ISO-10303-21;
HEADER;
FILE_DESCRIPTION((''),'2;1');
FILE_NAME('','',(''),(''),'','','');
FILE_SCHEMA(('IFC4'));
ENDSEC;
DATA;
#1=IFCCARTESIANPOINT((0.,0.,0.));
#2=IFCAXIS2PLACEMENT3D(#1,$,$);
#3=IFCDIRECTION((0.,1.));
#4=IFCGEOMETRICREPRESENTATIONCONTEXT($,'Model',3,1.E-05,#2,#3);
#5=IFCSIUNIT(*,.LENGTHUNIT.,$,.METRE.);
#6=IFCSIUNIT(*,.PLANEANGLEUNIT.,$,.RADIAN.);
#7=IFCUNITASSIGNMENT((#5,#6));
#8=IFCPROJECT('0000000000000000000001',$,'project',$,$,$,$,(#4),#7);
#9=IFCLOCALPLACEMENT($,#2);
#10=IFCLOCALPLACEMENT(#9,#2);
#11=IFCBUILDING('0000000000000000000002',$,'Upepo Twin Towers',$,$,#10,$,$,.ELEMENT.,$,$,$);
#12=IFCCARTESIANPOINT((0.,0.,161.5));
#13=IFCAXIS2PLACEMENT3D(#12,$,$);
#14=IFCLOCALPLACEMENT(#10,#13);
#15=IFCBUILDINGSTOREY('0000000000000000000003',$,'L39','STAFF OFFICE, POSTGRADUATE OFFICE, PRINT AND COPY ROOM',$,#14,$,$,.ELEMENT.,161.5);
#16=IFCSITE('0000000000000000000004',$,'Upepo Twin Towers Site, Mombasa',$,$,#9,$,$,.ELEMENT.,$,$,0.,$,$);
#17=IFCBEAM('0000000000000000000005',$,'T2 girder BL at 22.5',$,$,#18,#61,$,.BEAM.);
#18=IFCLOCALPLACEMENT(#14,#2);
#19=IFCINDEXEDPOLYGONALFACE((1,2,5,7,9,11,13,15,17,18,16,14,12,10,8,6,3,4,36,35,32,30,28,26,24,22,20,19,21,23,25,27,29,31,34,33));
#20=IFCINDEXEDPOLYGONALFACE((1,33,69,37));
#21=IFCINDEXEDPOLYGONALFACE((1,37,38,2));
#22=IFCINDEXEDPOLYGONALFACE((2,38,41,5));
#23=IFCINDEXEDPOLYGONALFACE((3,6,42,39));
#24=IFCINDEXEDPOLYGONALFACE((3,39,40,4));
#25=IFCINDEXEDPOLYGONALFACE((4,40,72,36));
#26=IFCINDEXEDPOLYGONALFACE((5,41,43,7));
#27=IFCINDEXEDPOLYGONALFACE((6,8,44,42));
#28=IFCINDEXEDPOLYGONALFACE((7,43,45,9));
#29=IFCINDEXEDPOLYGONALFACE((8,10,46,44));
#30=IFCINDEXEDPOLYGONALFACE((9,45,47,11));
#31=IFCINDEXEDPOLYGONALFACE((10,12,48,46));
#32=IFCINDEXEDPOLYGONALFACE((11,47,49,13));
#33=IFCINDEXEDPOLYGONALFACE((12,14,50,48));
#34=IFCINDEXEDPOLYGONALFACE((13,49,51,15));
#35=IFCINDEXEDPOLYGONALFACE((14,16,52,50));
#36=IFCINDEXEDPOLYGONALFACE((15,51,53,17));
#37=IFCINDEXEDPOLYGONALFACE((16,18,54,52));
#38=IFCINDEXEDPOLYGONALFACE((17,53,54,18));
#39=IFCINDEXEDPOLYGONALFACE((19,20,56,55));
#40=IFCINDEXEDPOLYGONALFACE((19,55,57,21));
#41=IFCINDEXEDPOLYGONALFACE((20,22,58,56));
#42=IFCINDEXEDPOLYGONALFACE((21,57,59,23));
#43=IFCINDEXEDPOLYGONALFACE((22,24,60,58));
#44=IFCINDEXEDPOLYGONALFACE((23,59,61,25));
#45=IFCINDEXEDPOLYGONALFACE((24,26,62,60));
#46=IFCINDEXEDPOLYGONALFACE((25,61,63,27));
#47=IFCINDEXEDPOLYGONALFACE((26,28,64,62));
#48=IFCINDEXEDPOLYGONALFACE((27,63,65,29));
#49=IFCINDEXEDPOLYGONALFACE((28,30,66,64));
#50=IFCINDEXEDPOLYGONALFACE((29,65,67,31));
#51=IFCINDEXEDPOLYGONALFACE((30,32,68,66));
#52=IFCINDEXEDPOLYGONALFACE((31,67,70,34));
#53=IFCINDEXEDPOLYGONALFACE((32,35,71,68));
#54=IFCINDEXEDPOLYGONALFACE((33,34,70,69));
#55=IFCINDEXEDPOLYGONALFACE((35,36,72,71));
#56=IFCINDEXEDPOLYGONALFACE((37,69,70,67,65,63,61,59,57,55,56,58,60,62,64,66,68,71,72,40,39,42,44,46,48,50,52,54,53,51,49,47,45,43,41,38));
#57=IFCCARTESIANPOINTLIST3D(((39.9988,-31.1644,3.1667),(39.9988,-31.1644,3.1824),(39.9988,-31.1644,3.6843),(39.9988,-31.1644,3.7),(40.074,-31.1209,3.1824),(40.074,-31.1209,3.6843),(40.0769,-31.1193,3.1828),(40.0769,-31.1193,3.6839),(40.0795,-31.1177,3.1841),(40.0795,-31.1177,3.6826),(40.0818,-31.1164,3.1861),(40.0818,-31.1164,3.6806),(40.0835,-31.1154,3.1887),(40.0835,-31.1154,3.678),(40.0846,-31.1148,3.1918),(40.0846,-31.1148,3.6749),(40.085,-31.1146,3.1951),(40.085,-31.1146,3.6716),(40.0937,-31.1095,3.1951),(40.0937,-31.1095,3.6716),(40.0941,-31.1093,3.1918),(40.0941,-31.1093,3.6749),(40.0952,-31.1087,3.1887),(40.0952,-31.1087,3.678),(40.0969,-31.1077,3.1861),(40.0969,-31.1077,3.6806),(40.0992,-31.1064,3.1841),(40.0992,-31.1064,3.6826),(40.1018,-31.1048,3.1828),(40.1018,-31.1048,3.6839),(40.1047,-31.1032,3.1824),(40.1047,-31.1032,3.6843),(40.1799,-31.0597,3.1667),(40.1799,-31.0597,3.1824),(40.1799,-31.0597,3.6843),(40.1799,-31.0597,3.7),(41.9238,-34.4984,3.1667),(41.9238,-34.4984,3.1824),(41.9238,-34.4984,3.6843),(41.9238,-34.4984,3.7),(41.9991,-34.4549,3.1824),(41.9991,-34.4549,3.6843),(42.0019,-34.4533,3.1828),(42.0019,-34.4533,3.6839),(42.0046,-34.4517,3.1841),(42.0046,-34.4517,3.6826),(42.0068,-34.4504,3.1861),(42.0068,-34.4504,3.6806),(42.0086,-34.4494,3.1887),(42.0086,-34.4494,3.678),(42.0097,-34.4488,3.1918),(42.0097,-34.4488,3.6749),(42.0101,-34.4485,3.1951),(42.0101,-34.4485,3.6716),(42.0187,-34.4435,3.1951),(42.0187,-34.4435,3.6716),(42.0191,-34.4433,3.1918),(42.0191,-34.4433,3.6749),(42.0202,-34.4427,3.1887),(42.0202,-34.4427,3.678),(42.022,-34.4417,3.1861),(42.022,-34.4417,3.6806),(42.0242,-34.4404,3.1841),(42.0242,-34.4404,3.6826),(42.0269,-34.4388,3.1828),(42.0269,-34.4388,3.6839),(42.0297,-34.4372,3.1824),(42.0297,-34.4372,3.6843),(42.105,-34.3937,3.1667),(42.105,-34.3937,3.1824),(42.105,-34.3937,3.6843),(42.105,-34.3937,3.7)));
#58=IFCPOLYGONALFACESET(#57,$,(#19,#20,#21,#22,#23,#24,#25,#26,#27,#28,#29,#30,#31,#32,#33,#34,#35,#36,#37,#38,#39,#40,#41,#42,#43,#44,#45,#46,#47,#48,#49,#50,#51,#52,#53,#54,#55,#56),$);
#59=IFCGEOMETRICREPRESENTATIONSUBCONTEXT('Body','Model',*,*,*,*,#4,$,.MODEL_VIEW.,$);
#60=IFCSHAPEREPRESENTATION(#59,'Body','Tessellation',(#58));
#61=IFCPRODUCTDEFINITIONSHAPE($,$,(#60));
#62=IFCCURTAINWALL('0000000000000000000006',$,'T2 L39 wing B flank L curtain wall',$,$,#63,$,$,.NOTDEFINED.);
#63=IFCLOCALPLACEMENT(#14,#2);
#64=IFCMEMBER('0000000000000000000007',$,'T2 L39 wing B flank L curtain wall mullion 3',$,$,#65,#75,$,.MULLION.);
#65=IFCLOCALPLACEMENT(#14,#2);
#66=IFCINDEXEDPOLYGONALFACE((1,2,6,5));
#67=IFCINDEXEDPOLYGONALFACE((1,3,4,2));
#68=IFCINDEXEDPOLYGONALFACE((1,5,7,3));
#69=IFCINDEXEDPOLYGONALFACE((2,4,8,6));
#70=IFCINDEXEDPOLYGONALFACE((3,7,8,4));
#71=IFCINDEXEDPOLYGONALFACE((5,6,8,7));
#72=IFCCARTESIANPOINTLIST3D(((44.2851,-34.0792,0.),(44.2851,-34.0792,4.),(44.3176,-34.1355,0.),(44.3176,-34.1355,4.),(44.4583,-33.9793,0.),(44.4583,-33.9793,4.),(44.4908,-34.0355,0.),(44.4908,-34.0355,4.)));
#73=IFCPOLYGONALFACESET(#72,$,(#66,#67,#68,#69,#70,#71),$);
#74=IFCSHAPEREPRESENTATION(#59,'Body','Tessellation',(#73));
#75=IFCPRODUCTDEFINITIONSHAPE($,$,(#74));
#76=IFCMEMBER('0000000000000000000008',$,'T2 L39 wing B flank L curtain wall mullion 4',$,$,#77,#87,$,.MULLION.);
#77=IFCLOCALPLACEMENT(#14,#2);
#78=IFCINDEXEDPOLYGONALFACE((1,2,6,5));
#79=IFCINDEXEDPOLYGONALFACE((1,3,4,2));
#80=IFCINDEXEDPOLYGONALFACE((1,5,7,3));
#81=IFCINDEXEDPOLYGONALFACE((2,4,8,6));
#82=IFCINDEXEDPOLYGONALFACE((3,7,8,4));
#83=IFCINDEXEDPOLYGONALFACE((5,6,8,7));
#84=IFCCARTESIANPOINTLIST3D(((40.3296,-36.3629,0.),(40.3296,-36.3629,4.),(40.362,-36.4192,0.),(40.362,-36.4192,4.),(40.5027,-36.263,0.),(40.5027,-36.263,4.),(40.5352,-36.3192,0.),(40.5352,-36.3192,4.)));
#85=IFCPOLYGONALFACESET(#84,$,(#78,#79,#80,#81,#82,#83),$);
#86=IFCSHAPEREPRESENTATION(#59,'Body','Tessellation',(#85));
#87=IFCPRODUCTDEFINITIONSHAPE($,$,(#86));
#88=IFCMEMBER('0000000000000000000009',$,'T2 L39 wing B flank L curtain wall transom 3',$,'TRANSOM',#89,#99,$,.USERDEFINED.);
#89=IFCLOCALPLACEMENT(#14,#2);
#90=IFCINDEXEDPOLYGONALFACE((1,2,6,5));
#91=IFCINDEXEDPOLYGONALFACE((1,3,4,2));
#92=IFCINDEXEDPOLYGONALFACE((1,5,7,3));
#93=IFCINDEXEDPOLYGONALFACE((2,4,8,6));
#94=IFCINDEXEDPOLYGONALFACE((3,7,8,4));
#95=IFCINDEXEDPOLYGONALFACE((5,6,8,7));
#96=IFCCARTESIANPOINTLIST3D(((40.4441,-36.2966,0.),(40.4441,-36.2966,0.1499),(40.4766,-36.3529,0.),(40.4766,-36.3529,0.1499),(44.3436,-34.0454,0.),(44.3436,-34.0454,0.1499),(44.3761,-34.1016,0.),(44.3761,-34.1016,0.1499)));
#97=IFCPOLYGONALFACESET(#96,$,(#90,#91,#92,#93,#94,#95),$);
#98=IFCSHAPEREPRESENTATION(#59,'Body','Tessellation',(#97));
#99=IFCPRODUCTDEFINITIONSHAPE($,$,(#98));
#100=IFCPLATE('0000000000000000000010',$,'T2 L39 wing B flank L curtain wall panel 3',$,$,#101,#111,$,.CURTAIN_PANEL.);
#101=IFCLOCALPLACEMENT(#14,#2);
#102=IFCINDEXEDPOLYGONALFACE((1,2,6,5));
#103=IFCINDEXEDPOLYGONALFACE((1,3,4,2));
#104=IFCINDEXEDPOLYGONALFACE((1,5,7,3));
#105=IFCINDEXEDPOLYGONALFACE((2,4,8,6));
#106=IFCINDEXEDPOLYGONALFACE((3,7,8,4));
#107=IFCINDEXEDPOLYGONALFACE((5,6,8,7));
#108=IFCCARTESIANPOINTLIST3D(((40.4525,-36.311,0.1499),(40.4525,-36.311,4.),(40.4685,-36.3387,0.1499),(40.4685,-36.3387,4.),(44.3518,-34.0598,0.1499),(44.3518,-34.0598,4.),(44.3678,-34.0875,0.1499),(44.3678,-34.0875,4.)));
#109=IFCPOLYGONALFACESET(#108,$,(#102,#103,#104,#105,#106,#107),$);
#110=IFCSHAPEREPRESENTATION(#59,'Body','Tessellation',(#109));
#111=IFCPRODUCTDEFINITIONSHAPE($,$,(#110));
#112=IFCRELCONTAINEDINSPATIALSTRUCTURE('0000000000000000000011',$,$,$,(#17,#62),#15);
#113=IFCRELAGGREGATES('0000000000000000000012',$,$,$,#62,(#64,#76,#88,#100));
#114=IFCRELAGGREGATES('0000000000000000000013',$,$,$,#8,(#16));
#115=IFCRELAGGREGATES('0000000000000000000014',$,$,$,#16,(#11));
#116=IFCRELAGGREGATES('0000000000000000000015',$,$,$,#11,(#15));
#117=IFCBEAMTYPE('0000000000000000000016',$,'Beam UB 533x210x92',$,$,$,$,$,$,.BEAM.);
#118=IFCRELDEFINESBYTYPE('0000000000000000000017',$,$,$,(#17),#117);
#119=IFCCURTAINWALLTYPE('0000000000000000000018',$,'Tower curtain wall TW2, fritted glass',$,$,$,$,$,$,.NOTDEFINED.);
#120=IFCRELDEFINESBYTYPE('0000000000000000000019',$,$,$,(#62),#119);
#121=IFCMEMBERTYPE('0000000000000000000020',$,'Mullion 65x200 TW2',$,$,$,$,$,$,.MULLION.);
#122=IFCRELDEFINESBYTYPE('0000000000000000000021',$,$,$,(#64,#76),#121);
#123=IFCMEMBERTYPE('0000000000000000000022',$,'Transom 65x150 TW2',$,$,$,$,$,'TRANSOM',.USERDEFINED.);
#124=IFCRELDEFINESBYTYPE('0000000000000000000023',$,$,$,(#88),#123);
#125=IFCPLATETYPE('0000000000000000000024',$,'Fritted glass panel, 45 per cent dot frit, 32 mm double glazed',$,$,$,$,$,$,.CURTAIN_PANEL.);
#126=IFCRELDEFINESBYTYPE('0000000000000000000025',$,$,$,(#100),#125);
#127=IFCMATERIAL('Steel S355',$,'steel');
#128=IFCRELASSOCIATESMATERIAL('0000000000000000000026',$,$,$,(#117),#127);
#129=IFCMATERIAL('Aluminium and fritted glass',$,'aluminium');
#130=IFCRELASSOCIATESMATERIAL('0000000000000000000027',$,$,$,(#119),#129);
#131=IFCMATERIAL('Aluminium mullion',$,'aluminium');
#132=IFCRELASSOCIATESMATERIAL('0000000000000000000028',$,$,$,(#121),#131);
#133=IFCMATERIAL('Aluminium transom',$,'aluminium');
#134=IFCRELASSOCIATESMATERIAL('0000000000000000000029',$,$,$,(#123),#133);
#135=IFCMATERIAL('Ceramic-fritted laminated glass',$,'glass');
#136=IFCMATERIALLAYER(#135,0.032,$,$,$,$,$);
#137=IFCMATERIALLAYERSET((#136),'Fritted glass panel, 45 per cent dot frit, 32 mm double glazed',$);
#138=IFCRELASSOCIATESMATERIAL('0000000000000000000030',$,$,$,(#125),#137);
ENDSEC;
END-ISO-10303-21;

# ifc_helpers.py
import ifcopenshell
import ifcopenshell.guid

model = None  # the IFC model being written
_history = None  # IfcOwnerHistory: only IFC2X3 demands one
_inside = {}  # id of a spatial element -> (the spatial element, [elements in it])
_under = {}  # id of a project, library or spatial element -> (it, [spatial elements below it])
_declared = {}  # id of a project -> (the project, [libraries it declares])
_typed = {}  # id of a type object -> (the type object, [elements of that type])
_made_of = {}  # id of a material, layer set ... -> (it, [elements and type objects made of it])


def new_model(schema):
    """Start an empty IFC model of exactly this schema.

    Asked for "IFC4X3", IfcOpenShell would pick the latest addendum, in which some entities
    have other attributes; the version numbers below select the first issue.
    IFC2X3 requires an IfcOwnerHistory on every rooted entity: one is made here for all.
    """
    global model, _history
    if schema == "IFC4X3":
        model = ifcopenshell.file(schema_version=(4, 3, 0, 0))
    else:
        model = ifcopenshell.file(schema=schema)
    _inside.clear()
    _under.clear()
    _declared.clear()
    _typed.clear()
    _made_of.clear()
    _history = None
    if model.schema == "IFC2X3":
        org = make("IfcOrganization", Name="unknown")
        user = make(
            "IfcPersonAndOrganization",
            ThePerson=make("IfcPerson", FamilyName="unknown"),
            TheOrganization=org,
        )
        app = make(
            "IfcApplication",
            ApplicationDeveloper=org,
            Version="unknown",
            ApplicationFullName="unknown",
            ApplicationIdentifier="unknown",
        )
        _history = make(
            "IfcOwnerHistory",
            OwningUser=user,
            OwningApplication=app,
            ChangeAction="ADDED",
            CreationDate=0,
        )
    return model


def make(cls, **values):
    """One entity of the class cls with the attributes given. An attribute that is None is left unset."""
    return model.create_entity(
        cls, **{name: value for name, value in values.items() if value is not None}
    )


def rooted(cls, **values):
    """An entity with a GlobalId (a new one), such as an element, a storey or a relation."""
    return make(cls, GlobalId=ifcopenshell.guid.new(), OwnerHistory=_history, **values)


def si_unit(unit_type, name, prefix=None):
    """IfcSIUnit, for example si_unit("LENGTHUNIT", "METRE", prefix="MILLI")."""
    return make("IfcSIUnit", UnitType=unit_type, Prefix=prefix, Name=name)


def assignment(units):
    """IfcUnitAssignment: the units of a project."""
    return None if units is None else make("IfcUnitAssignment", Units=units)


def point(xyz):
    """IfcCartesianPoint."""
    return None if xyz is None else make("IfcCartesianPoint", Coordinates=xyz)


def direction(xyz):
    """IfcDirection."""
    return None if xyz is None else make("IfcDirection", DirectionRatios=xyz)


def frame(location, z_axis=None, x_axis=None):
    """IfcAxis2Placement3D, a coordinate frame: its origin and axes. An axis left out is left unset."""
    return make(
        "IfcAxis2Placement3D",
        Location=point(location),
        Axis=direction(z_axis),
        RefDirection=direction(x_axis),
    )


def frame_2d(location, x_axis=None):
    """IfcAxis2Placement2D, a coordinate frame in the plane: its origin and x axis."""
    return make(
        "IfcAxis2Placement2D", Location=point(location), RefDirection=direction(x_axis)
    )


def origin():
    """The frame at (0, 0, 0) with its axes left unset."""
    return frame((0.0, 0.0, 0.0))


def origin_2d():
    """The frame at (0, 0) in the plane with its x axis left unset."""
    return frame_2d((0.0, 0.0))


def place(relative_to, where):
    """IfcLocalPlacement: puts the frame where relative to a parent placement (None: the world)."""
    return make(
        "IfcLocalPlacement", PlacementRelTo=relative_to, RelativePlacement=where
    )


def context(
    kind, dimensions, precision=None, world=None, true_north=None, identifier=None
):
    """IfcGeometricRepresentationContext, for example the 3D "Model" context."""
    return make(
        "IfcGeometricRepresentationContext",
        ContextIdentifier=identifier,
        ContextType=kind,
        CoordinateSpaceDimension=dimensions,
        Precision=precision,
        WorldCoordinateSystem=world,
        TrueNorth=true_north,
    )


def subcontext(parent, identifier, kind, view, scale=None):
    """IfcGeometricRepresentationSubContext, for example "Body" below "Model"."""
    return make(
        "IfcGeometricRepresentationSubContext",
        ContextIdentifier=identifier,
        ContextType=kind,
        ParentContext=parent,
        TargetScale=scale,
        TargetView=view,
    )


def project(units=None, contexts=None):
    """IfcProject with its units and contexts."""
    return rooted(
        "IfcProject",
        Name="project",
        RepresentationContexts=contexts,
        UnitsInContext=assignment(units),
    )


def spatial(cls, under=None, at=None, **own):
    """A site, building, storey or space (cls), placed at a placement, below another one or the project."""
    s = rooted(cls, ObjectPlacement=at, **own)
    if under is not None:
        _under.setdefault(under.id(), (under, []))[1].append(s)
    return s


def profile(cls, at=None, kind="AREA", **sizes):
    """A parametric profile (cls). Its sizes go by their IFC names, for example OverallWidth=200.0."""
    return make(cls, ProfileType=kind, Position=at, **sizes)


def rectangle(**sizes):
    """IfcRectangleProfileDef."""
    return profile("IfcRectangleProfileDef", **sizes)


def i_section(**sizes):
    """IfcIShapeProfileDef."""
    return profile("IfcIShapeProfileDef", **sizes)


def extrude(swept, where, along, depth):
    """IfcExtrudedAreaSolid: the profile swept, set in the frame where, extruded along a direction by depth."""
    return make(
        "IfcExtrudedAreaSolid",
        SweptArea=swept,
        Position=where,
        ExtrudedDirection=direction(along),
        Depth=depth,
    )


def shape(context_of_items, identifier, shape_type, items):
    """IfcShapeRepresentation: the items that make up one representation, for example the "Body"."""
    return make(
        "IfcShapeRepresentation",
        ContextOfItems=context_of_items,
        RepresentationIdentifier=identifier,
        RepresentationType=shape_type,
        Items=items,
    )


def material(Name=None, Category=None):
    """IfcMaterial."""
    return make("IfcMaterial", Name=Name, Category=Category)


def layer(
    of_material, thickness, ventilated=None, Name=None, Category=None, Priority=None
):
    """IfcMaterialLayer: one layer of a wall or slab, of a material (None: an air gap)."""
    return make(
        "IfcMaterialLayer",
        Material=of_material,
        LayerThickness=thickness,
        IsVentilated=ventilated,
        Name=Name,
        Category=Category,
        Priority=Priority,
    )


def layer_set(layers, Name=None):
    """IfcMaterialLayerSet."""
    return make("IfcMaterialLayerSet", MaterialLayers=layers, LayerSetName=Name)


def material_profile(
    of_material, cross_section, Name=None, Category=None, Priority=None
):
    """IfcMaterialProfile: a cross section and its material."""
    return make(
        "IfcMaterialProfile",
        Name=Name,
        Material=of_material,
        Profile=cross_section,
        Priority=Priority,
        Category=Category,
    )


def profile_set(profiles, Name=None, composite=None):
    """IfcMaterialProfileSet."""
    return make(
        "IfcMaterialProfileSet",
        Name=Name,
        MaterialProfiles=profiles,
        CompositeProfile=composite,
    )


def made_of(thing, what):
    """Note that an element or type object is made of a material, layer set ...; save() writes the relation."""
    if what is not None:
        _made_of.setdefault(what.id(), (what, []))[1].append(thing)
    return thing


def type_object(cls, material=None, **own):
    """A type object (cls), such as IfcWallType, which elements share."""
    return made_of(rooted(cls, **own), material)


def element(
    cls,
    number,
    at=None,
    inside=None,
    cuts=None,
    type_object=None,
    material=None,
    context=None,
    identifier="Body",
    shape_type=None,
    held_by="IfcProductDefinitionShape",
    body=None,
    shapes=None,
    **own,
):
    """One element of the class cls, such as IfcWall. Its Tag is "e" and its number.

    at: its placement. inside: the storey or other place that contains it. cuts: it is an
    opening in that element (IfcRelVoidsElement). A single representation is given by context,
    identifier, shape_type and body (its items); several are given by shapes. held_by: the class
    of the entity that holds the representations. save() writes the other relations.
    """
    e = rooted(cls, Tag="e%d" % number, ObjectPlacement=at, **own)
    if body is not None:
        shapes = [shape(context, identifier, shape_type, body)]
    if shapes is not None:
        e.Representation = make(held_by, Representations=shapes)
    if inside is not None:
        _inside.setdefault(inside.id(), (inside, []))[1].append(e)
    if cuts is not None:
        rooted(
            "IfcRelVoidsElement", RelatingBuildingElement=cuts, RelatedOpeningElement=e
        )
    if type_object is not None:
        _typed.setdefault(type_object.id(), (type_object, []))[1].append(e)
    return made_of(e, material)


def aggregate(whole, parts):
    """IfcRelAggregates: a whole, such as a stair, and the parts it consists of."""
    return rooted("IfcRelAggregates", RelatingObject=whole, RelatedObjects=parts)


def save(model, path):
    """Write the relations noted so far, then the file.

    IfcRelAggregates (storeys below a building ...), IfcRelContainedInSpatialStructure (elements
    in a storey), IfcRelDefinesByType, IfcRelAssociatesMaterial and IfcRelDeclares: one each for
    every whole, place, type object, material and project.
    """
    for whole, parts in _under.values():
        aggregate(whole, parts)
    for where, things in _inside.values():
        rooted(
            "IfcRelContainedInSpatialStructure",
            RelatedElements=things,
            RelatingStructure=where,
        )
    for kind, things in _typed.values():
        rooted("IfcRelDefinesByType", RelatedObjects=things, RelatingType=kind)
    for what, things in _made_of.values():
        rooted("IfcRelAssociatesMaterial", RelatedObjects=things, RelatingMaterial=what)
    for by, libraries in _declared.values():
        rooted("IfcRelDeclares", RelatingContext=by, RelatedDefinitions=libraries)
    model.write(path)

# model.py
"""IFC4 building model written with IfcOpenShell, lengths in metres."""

from ifc_helpers import new_model, si_unit, direction, frame, origin, origin_2d, place, context, subcontext, project, spatial, rectangle, i_section, extrude, material, layer, layer_set, material_profile, profile_set, type_object, element, aggregate, save


model = new_model("IFC4")

# Units and contexts
model_context = context("Model", 3, precision=1e-05, world=origin(), true_north=direction((0.0, 1.0)))
body_context = subcontext(model_context, "Body", "Model", "MODEL_VIEW")
ifc_project = project(units=[si_unit("LENGTHUNIT", "METRE"), si_unit("PLANEANGLEUNIT", "RADIAN")], contexts=[model_context])

# Site, building, storey
site_placement = place(None, origin())
site = spatial("IfcSite", under=ifc_project, at=site_placement, Name="Upepo Twin Towers Site, Mombasa", CompositionType="ELEMENT", RefElevation=0.0)
building_placement = place(site_placement, origin())
building = spatial("IfcBuilding", under=site, at=building_placement, Name="Upepo Twin Towers", CompositionType="ELEMENT")
storey_placement = place(building_placement, frame((0.0, 0.0, 161.5)))
storey = spatial("IfcBuildingStorey", under=building, at=storey_placement, Name="L39", Description="STAFF OFFICE, POSTGRADUATE OFFICE, PRINT AND COPY ROOM", CompositionType="ELEMENT", Elevation=161.5)

# Beam
ifc_material_1 = material(Name="Steel S355", Category="steel")
ifc_material_profile_1 = material_profile(ifc_material_1, i_section(OverallWidth=0.2092, OverallDepth=0.5332, WebThickness=0.01, FlangeThickness=0.0156, FilletRadius=0.0127, at=origin_2d()), Name="UB 533x210x92")
ifc_profile_set_1 = profile_set([ifc_material_profile_1], Name="Steel S355")
beam_type_1 = type_object("IfcBeamType", Name="Beam UB 533x210x92", PredefinedType="BEAM", material=ifc_profile_set_1)
for number, where, z_axis, x_axis, name in (
    (1, (42.0144, -34.446, 3.4333), (-0.500034, 0.866006, 0.0), (-0.866006, -0.500034, 0.0), "T2 girder BL at 22.5"),
):
    element("IfcBeam", number, at=place(storey_placement, frame(where, z_axis=z_axis, x_axis=x_axis)), inside=storey, type_object=beam_type_1, Name=name, PredefinedType="BEAM", context=body_context, shape_type="SweptSolid", body=[
        extrude(i_section(OverallWidth=0.2092, OverallDepth=0.5332, WebThickness=0.01, FlangeThickness=0.0156, FilletRadius=0.0127, at=origin_2d()), origin(), (0.0, 0.0, 1.0), 3.8499),
    ])

# Curtain wall, members, plate
ifc_material_2 = material(Name="Aluminium and fritted glass", Category="aluminium")
curtain_wall_type = type_object("IfcCurtainWallType", Name="Tower curtain wall TW2, fritted glass", PredefinedType="NOTDEFINED", material=ifc_material_2)
curtain_wall_placement = place(storey_placement, origin())
curtain_wall = element("IfcCurtainWall", 2, at=curtain_wall_placement, inside=storey, type_object=curtain_wall_type, Name="T2 L39 wing B flank L curtain wall", PredefinedType="NOTDEFINED")
ifc_material_3 = material(Name="Aluminium mullion", Category="aluminium")
ifc_material_profile_2 = material_profile(ifc_material_3, rectangle(XDim=0.0649, YDim=0.2, at=origin_2d()), Name="MULLION 65x200")
ifc_profile_set_2 = profile_set([ifc_material_profile_2], Name="Aluminium mullion")
member_type_1 = type_object("IfcMemberType", Name="Mullion 65x200 TW2", PredefinedType="MULLION", material=ifc_profile_set_2)
member_1_placement = place(storey_placement, frame((44.3879, -34.0574, 0.0), z_axis=(0.0, 0.0, 1.0), x_axis=(0.5, -0.866025, 0.0)))
member_1 = element("IfcMember", 3, at=member_1_placement, type_object=member_type_1, Name="T2 L39 wing B flank L curtain wall mullion 3", PredefinedType="MULLION", context=body_context, shape_type="SweptSolid", body=[
    extrude(rectangle(XDim=0.0649, YDim=0.2, at=origin_2d()), origin(), (0.0, 0.0, 1.0), 4.0),
])
member_2_placement = place(storey_placement, frame((40.4324, -36.3411, 0.0), z_axis=(0.0, 0.0, 1.0), x_axis=(0.5, -0.866025, 0.0)))
member_2 = element("IfcMember", 4, at=member_2_placement, type_object=member_type_1, Name="T2 L39 wing B flank L curtain wall mullion 4", PredefinedType="MULLION", context=body_context, shape_type="SweptSolid", body=[
    extrude(rectangle(XDim=0.0649, YDim=0.2, at=origin_2d()), origin(), (0.0, 0.0, 1.0), 4.0),
])
ifc_material_4 = material(Name="Aluminium transom", Category="aluminium")
ifc_material_profile_3 = material_profile(ifc_material_4, rectangle(XDim=0.0649, YDim=0.1499, at=origin_2d()), Name="TRANSOM 65x150")
ifc_profile_set_3 = profile_set([ifc_material_profile_3], Name="Aluminium transom")
member_type_2 = type_object("IfcMemberType", Name="Transom 65x150 TW2", ElementType="TRANSOM", PredefinedType="USERDEFINED", material=ifc_profile_set_3)
member_3_placement = place(storey_placement, frame((44.3599, -34.0735, 0.075), z_axis=(-0.866036, -0.499982, 0.0), x_axis=(0.499982, -0.866036, 0.0)))
member_3 = element("IfcMember", 5, at=member_3_placement, type_object=member_type_2, Name="T2 L39 wing B flank L curtain wall transom 3", ObjectType="TRANSOM", PredefinedType="USERDEFINED", context=body_context, shape_type="SweptSolid", body=[
    extrude(rectangle(XDim=0.0649, YDim=0.1499, at=origin_2d()), origin(), (0.0, 0.0, 1.0), 4.5027),
])
ifc_material_5 = material(Name="Ceramic-fritted laminated glass", Category="glass")
ifc_layer_1 = layer(ifc_material_5, 0.032)
ifc_layer_set_1 = layer_set([ifc_layer_1], Name="Fritted glass panel, 45 per cent dot frit, 32 mm double glazed")
plate_type = type_object("IfcPlateType", Name="Fritted glass panel, 45 per cent dot frit, 32 mm double glazed", PredefinedType="CURTAIN_PANEL", material=ifc_layer_set_1)
plate_placement = place(storey_placement, frame((42.4102, -35.1992, 0.1499), z_axis=(0.0, 0.0, 1.0), x_axis=(-0.866025, -0.5, 0.0)))
plate = element("IfcPlate", 6, at=plate_placement, type_object=plate_type, Name="T2 L39 wing B flank L curtain wall panel 3", PredefinedType="CURTAIN_PANEL", context=body_context, shape_type="SweptSolid", body=[
    extrude(rectangle(XDim=4.5024, YDim=0.032, at=origin_2d()), origin(), (0.0, 0.0, 1.0), 3.8501),
])
aggregate(curtain_wall, [member_1, member_2, member_3, plate])

save(model, "model.ifc")
